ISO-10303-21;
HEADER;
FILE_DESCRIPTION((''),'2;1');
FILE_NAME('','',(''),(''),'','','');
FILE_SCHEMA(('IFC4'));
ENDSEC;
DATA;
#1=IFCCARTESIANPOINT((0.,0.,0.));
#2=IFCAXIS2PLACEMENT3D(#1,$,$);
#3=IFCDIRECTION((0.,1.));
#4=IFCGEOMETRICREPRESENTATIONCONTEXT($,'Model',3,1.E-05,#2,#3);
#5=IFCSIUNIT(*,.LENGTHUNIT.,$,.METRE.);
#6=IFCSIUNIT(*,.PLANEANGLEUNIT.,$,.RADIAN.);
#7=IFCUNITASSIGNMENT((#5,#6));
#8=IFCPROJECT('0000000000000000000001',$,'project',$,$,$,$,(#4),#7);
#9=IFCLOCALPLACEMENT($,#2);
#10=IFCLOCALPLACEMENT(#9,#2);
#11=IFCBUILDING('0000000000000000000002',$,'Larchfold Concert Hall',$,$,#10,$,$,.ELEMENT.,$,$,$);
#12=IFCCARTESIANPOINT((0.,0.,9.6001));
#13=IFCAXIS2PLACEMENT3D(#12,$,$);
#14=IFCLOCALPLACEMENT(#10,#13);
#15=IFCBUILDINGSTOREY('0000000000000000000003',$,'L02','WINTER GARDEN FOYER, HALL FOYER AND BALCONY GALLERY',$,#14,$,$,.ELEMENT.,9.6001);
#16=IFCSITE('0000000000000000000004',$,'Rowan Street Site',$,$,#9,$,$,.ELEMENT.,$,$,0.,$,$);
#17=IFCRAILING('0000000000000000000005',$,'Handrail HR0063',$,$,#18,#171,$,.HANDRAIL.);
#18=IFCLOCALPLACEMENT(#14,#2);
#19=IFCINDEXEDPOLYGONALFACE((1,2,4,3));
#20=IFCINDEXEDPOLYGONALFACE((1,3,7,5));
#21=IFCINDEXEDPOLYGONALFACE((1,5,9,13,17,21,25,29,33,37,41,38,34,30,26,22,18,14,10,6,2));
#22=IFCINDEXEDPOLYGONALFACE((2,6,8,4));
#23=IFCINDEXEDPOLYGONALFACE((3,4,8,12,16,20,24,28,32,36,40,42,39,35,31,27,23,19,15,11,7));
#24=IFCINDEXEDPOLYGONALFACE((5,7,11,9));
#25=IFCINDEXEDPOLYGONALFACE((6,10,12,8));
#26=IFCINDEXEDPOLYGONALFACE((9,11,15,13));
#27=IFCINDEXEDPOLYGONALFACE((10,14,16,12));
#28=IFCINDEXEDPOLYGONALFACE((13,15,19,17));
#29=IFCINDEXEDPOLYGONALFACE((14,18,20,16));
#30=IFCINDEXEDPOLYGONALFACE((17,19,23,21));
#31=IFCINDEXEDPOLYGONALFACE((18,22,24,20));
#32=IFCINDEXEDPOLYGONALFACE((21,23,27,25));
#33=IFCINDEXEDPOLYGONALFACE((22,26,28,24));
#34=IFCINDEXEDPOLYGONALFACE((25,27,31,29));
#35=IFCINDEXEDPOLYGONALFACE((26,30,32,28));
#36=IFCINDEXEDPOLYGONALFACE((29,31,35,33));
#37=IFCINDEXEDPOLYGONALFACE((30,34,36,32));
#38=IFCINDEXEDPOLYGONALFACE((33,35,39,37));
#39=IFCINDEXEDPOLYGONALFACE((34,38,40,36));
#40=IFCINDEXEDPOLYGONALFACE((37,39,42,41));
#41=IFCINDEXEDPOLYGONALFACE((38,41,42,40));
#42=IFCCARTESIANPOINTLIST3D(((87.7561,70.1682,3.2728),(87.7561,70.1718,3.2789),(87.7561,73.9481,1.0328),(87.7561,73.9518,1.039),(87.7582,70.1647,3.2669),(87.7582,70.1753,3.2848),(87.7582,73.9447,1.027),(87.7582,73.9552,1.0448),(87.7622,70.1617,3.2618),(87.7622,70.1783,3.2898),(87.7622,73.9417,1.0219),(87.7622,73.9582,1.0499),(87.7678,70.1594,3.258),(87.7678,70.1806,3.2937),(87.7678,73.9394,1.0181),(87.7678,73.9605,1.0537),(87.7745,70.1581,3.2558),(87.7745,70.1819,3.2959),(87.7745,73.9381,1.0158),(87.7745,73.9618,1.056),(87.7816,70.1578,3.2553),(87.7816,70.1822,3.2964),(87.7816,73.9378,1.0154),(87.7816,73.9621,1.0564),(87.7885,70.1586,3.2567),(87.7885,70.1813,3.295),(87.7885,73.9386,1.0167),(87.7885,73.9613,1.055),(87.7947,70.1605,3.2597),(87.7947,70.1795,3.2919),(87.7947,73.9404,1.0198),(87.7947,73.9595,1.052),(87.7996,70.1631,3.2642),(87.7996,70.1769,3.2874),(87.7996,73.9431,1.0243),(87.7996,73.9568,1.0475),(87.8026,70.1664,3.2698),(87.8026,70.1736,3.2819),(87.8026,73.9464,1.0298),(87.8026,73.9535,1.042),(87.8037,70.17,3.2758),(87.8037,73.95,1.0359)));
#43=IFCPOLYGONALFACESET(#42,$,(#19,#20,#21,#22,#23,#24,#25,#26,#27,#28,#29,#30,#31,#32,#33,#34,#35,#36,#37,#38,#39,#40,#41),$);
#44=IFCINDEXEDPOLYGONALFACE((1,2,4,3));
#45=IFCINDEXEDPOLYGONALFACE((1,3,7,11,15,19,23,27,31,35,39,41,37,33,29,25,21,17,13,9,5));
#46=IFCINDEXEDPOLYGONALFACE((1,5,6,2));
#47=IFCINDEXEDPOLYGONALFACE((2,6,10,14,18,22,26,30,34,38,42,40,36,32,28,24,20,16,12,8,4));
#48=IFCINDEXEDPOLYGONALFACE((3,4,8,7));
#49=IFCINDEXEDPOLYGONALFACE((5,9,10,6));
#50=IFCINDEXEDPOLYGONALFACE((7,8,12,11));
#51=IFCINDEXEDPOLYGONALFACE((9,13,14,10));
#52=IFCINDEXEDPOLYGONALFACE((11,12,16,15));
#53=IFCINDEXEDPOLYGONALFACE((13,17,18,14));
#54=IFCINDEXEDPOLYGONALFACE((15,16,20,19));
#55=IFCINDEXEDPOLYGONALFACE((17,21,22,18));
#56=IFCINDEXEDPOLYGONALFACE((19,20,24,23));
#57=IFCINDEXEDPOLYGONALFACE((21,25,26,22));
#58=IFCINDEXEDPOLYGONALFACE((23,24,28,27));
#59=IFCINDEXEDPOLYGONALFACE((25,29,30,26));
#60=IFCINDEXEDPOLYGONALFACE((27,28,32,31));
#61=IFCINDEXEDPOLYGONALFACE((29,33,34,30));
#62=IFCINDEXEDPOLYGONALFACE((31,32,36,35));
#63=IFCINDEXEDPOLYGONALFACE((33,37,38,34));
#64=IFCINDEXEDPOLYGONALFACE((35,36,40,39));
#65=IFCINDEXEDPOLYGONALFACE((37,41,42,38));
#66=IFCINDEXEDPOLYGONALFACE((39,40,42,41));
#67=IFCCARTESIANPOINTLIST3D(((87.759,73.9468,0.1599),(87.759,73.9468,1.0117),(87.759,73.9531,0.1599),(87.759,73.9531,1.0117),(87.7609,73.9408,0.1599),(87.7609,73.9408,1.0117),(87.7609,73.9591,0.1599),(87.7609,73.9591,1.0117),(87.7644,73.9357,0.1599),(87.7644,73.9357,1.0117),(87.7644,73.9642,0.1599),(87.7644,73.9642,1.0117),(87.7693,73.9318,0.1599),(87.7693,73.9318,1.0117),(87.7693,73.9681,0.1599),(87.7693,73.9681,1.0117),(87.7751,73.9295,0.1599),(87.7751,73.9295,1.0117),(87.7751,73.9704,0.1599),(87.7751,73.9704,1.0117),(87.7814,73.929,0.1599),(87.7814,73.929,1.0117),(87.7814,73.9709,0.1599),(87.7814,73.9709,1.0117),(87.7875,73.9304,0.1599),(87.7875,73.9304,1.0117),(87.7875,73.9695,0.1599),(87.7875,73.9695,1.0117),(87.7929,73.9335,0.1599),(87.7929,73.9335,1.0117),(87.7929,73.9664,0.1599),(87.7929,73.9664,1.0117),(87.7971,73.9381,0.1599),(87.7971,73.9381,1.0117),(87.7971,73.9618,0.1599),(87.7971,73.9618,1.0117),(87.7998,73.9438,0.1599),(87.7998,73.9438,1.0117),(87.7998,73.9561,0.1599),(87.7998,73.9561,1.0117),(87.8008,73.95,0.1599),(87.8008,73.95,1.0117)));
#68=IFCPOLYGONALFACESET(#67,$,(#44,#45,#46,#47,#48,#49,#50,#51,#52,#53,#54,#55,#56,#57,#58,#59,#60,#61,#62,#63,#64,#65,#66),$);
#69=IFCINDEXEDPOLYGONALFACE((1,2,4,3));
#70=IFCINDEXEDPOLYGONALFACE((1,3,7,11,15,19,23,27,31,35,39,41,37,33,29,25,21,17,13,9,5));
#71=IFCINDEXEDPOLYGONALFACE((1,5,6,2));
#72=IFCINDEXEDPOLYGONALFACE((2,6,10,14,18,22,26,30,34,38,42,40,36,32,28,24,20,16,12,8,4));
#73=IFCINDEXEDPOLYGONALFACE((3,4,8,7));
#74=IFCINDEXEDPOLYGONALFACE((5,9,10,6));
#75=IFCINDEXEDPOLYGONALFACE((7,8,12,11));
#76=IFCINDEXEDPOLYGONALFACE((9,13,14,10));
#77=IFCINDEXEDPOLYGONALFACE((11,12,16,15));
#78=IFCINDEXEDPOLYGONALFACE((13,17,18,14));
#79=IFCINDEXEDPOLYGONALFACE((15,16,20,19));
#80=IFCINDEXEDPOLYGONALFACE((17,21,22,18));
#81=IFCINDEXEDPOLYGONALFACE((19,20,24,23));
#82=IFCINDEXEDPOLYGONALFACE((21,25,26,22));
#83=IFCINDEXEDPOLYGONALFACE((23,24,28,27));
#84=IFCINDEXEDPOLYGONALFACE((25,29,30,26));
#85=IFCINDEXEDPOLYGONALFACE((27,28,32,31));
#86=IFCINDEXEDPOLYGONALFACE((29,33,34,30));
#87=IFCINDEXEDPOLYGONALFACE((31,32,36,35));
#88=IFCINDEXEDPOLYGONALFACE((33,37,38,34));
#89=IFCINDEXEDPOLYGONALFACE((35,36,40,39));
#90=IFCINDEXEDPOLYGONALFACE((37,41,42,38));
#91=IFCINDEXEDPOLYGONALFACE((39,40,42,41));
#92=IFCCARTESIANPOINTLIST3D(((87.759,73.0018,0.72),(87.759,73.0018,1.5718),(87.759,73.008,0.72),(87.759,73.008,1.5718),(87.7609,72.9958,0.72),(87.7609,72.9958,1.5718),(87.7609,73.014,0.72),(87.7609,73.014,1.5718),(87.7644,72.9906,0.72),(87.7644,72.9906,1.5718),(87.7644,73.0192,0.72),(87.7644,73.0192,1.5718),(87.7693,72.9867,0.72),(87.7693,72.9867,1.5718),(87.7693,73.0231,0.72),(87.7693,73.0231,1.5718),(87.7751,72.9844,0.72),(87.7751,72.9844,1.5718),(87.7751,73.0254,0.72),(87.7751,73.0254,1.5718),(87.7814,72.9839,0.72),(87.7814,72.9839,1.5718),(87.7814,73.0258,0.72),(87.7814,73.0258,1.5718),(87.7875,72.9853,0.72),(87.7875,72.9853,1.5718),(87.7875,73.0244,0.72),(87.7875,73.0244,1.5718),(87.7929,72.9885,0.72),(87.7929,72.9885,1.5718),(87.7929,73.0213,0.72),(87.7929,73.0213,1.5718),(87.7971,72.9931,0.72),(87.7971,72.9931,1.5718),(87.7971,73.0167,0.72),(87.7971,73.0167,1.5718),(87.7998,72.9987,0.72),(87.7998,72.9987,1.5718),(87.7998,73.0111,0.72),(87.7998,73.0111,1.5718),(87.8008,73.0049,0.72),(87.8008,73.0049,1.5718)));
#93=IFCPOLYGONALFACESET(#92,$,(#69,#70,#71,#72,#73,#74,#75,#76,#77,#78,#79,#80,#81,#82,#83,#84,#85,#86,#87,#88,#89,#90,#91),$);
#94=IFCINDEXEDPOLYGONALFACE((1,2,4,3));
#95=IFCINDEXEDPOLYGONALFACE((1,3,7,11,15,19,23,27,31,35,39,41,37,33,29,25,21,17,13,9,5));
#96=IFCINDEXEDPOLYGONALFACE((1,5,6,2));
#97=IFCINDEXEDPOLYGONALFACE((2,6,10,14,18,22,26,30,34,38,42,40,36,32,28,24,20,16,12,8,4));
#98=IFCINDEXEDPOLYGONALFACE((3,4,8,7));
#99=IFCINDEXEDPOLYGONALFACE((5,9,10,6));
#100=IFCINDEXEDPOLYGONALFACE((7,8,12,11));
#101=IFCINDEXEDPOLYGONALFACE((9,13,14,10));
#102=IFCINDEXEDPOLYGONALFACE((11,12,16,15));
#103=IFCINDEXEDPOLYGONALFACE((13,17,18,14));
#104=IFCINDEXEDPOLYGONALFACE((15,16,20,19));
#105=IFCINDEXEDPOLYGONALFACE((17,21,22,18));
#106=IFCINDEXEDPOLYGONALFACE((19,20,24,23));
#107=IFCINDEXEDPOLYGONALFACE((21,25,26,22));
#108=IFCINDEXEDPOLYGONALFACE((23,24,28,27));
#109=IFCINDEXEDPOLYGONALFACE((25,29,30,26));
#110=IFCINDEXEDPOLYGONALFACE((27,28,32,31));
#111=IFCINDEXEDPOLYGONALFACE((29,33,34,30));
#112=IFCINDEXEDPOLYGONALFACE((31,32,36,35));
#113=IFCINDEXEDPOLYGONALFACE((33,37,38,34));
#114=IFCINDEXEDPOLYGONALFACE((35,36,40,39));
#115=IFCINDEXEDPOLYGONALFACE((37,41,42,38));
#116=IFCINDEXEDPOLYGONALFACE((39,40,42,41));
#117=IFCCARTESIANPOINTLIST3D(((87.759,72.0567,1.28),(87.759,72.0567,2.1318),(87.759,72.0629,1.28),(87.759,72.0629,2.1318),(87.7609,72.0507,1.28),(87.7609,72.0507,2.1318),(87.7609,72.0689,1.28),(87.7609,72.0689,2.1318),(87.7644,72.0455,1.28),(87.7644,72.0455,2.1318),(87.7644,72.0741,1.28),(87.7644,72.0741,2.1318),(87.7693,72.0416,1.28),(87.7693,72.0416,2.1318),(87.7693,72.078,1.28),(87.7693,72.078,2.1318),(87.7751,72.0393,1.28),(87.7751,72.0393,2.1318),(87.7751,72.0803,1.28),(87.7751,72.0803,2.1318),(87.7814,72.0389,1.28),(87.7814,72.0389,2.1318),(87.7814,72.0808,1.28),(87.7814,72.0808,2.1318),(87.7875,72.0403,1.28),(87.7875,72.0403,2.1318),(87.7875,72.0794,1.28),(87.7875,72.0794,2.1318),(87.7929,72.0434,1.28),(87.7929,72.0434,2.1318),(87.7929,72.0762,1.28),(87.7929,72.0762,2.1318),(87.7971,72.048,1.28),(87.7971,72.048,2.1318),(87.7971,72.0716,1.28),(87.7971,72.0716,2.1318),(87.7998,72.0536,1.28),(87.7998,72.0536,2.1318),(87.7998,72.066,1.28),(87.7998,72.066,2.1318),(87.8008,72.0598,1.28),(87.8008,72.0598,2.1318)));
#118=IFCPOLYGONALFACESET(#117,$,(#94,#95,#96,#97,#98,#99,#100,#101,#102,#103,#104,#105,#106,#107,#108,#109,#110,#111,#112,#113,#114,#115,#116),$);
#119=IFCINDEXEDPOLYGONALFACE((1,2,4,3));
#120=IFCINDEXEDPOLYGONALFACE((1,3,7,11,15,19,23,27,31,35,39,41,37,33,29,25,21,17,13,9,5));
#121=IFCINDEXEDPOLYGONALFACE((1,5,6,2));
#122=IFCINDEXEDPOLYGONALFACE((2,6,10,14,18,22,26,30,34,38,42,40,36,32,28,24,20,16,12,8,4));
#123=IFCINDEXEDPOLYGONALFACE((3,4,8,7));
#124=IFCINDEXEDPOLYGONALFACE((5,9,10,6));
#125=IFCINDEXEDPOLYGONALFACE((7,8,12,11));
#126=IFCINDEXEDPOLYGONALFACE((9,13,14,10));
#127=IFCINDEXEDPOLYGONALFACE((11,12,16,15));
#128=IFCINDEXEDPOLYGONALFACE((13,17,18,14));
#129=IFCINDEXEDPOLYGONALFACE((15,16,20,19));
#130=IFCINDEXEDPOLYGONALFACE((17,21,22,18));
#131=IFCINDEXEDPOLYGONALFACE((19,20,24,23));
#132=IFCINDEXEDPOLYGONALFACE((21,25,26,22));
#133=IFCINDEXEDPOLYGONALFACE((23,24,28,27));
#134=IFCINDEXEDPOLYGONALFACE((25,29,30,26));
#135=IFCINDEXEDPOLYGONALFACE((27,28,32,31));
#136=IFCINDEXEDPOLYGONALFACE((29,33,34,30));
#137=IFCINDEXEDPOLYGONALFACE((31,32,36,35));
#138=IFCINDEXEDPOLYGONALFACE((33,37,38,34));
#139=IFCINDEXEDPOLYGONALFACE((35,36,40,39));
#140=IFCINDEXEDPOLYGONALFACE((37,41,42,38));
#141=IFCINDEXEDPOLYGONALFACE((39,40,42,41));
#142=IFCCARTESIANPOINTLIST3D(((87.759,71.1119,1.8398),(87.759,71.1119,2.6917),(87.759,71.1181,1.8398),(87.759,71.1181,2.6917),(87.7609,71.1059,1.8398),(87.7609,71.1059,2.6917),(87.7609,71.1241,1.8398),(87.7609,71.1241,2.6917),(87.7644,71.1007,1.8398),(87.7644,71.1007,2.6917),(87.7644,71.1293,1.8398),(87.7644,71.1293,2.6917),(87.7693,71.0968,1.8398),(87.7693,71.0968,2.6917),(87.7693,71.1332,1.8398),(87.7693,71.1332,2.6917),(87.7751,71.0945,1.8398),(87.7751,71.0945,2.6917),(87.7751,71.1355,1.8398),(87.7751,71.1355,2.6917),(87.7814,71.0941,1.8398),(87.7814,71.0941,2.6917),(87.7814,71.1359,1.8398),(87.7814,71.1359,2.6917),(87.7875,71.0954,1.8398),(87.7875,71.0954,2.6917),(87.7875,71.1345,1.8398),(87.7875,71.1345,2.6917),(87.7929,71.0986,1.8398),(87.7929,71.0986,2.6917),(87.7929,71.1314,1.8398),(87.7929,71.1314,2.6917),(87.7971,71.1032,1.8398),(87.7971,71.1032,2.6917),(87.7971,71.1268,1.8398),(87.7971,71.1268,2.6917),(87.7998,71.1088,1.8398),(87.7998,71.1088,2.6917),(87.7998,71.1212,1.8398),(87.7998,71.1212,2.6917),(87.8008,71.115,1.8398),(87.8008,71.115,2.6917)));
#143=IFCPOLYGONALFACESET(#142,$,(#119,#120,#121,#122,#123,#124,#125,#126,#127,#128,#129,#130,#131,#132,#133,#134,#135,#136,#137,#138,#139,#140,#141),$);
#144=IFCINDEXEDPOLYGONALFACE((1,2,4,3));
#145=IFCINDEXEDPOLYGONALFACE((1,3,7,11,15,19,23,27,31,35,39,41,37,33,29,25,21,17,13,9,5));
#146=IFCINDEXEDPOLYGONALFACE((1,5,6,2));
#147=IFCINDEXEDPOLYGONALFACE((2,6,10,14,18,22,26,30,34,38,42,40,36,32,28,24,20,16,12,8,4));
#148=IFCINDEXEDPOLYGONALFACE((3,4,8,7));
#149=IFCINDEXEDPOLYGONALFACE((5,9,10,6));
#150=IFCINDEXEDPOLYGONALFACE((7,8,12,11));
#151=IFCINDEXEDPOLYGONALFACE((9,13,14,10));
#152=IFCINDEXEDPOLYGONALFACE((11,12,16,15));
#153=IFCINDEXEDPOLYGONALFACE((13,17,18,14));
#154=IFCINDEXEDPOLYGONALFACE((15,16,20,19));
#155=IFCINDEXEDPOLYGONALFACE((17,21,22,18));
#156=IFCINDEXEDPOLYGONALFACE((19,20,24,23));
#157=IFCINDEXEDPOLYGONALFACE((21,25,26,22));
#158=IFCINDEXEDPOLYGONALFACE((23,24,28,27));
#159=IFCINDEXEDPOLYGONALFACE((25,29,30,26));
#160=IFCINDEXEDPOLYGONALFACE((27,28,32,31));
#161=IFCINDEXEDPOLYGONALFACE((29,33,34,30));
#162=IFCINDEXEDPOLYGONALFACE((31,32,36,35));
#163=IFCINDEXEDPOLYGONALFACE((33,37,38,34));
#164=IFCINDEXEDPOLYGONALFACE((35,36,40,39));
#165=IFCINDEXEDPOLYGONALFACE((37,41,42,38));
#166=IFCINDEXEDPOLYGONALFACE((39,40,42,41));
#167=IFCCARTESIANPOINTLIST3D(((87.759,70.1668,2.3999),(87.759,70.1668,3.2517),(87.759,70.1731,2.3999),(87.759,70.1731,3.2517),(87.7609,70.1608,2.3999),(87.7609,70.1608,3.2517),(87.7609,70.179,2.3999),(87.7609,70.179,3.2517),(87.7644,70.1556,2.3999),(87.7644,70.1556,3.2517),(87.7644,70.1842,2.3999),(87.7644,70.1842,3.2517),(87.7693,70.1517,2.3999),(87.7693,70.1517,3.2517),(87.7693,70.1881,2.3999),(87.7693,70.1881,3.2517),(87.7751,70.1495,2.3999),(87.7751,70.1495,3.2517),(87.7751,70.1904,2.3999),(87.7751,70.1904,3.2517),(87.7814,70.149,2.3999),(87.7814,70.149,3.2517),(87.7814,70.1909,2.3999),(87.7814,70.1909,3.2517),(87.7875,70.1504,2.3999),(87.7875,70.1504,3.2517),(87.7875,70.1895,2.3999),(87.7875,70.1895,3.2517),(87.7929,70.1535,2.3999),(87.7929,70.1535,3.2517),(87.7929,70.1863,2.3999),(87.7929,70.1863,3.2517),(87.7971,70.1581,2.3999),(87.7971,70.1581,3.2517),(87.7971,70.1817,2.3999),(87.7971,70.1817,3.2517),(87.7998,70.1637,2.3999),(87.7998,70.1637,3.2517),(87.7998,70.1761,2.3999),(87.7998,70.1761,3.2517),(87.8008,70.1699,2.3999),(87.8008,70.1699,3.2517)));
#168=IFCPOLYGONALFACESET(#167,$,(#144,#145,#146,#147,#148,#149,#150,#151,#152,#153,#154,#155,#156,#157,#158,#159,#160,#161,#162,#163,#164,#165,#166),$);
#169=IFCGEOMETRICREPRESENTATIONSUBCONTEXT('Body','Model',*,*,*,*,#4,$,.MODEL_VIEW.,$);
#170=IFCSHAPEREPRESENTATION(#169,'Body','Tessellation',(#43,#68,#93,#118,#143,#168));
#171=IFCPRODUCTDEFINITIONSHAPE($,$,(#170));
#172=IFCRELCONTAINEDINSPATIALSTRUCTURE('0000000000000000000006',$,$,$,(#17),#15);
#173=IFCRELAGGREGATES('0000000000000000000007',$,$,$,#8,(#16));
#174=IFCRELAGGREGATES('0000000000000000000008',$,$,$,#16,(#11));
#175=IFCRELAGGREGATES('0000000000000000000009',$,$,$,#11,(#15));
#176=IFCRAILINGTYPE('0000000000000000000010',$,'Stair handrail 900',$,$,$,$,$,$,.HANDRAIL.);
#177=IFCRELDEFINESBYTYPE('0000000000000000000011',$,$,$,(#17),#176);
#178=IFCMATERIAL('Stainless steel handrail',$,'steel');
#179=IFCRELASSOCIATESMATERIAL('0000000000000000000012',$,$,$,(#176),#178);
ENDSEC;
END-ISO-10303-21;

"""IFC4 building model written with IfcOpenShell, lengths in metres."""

from ifc_helpers import new_model, si_unit, direction, frame, origin, origin_2d, place, context, subcontext, project, spatial, circle, extrude, material, type_object, element, save


model = new_model("IFC4")

# Units and contexts
model_context = context("Model", 3, precision=1e-05, world=origin(), true_north=direction((0.0, 1.0)))
body_context = subcontext(model_context, "Body", "Model", "MODEL_VIEW")
ifc_project = project(units=[si_unit("LENGTHUNIT", "METRE"), si_unit("PLANEANGLEUNIT", "RADIAN")], contexts=[model_context])

# Site, building, storey
site_placement = place(None, origin())
site = spatial("IfcSite", under=ifc_project, at=site_placement, Name="Rowan Street Site", CompositionType="ELEMENT", RefElevation=0.0)
building_placement = place(site_placement, origin())
building = spatial("IfcBuilding", under=site, at=building_placement, Name="Larchfold Concert Hall", CompositionType="ELEMENT")
storey_placement = place(building_placement, frame((0.0, 0.0, 9.6001)))
storey = spatial("IfcBuildingStorey", under=building, at=storey_placement, Name="L02", Description="WINTER GARDEN FOYER, HALL FOYER AND BALCONY GALLERY", CompositionType="ELEMENT", Elevation=9.6001)

# Railing
ifc_material_1 = material(Name="Stainless steel handrail", Category="steel")
railing_type_1 = type_object("IfcRailingType", Name="Stair handrail 900", PredefinedType="HANDRAIL", material=ifc_material_1)
railing_1_placement = place(storey_placement, frame((87.7798, 73.95, 0.1599)))
element("IfcRailing", 1, at=railing_1_placement, inside=storey, type_object=railing_type_1, Name="Handrail HR0063", PredefinedType="HANDRAIL", context=body_context, shape_type="SweptSolid", body=[
    extrude(circle(Radius=0.0239, at=origin_2d()), frame((0.0, 0.0, 0.876), z_axis=(0.0, -0.860294, 0.509798), x_axis=(1.0, 0.0, 0.0)), (0.0, 0.0, 1.0), 4.3938),
    extrude(circle(Radius=0.021, at=origin_2d()), origin(), (0.0, 0.0, 1.0), 0.8518),
    extrude(circle(Radius=0.021, at=origin_2d()), frame((0.0, -0.9451, 0.5601)), (0.0, 0.0, 1.0), 0.8518),
    extrude(circle(Radius=0.021, at=origin_2d()), frame((0.0, -1.8901, 1.1201)), (0.0, 0.0, 1.0), 0.8518),
    extrude(circle(Radius=0.021, at=origin_2d()), frame((0.0, -2.835, 1.6799)), (0.0, 0.0, 1.0), 0.8518),
    extrude(circle(Radius=0.021, at=origin_2d()), frame((0.0, -3.78, 2.24)), (0.0, 0.0, 1.0), 0.8518),
])

save(model, "model.ifc")
